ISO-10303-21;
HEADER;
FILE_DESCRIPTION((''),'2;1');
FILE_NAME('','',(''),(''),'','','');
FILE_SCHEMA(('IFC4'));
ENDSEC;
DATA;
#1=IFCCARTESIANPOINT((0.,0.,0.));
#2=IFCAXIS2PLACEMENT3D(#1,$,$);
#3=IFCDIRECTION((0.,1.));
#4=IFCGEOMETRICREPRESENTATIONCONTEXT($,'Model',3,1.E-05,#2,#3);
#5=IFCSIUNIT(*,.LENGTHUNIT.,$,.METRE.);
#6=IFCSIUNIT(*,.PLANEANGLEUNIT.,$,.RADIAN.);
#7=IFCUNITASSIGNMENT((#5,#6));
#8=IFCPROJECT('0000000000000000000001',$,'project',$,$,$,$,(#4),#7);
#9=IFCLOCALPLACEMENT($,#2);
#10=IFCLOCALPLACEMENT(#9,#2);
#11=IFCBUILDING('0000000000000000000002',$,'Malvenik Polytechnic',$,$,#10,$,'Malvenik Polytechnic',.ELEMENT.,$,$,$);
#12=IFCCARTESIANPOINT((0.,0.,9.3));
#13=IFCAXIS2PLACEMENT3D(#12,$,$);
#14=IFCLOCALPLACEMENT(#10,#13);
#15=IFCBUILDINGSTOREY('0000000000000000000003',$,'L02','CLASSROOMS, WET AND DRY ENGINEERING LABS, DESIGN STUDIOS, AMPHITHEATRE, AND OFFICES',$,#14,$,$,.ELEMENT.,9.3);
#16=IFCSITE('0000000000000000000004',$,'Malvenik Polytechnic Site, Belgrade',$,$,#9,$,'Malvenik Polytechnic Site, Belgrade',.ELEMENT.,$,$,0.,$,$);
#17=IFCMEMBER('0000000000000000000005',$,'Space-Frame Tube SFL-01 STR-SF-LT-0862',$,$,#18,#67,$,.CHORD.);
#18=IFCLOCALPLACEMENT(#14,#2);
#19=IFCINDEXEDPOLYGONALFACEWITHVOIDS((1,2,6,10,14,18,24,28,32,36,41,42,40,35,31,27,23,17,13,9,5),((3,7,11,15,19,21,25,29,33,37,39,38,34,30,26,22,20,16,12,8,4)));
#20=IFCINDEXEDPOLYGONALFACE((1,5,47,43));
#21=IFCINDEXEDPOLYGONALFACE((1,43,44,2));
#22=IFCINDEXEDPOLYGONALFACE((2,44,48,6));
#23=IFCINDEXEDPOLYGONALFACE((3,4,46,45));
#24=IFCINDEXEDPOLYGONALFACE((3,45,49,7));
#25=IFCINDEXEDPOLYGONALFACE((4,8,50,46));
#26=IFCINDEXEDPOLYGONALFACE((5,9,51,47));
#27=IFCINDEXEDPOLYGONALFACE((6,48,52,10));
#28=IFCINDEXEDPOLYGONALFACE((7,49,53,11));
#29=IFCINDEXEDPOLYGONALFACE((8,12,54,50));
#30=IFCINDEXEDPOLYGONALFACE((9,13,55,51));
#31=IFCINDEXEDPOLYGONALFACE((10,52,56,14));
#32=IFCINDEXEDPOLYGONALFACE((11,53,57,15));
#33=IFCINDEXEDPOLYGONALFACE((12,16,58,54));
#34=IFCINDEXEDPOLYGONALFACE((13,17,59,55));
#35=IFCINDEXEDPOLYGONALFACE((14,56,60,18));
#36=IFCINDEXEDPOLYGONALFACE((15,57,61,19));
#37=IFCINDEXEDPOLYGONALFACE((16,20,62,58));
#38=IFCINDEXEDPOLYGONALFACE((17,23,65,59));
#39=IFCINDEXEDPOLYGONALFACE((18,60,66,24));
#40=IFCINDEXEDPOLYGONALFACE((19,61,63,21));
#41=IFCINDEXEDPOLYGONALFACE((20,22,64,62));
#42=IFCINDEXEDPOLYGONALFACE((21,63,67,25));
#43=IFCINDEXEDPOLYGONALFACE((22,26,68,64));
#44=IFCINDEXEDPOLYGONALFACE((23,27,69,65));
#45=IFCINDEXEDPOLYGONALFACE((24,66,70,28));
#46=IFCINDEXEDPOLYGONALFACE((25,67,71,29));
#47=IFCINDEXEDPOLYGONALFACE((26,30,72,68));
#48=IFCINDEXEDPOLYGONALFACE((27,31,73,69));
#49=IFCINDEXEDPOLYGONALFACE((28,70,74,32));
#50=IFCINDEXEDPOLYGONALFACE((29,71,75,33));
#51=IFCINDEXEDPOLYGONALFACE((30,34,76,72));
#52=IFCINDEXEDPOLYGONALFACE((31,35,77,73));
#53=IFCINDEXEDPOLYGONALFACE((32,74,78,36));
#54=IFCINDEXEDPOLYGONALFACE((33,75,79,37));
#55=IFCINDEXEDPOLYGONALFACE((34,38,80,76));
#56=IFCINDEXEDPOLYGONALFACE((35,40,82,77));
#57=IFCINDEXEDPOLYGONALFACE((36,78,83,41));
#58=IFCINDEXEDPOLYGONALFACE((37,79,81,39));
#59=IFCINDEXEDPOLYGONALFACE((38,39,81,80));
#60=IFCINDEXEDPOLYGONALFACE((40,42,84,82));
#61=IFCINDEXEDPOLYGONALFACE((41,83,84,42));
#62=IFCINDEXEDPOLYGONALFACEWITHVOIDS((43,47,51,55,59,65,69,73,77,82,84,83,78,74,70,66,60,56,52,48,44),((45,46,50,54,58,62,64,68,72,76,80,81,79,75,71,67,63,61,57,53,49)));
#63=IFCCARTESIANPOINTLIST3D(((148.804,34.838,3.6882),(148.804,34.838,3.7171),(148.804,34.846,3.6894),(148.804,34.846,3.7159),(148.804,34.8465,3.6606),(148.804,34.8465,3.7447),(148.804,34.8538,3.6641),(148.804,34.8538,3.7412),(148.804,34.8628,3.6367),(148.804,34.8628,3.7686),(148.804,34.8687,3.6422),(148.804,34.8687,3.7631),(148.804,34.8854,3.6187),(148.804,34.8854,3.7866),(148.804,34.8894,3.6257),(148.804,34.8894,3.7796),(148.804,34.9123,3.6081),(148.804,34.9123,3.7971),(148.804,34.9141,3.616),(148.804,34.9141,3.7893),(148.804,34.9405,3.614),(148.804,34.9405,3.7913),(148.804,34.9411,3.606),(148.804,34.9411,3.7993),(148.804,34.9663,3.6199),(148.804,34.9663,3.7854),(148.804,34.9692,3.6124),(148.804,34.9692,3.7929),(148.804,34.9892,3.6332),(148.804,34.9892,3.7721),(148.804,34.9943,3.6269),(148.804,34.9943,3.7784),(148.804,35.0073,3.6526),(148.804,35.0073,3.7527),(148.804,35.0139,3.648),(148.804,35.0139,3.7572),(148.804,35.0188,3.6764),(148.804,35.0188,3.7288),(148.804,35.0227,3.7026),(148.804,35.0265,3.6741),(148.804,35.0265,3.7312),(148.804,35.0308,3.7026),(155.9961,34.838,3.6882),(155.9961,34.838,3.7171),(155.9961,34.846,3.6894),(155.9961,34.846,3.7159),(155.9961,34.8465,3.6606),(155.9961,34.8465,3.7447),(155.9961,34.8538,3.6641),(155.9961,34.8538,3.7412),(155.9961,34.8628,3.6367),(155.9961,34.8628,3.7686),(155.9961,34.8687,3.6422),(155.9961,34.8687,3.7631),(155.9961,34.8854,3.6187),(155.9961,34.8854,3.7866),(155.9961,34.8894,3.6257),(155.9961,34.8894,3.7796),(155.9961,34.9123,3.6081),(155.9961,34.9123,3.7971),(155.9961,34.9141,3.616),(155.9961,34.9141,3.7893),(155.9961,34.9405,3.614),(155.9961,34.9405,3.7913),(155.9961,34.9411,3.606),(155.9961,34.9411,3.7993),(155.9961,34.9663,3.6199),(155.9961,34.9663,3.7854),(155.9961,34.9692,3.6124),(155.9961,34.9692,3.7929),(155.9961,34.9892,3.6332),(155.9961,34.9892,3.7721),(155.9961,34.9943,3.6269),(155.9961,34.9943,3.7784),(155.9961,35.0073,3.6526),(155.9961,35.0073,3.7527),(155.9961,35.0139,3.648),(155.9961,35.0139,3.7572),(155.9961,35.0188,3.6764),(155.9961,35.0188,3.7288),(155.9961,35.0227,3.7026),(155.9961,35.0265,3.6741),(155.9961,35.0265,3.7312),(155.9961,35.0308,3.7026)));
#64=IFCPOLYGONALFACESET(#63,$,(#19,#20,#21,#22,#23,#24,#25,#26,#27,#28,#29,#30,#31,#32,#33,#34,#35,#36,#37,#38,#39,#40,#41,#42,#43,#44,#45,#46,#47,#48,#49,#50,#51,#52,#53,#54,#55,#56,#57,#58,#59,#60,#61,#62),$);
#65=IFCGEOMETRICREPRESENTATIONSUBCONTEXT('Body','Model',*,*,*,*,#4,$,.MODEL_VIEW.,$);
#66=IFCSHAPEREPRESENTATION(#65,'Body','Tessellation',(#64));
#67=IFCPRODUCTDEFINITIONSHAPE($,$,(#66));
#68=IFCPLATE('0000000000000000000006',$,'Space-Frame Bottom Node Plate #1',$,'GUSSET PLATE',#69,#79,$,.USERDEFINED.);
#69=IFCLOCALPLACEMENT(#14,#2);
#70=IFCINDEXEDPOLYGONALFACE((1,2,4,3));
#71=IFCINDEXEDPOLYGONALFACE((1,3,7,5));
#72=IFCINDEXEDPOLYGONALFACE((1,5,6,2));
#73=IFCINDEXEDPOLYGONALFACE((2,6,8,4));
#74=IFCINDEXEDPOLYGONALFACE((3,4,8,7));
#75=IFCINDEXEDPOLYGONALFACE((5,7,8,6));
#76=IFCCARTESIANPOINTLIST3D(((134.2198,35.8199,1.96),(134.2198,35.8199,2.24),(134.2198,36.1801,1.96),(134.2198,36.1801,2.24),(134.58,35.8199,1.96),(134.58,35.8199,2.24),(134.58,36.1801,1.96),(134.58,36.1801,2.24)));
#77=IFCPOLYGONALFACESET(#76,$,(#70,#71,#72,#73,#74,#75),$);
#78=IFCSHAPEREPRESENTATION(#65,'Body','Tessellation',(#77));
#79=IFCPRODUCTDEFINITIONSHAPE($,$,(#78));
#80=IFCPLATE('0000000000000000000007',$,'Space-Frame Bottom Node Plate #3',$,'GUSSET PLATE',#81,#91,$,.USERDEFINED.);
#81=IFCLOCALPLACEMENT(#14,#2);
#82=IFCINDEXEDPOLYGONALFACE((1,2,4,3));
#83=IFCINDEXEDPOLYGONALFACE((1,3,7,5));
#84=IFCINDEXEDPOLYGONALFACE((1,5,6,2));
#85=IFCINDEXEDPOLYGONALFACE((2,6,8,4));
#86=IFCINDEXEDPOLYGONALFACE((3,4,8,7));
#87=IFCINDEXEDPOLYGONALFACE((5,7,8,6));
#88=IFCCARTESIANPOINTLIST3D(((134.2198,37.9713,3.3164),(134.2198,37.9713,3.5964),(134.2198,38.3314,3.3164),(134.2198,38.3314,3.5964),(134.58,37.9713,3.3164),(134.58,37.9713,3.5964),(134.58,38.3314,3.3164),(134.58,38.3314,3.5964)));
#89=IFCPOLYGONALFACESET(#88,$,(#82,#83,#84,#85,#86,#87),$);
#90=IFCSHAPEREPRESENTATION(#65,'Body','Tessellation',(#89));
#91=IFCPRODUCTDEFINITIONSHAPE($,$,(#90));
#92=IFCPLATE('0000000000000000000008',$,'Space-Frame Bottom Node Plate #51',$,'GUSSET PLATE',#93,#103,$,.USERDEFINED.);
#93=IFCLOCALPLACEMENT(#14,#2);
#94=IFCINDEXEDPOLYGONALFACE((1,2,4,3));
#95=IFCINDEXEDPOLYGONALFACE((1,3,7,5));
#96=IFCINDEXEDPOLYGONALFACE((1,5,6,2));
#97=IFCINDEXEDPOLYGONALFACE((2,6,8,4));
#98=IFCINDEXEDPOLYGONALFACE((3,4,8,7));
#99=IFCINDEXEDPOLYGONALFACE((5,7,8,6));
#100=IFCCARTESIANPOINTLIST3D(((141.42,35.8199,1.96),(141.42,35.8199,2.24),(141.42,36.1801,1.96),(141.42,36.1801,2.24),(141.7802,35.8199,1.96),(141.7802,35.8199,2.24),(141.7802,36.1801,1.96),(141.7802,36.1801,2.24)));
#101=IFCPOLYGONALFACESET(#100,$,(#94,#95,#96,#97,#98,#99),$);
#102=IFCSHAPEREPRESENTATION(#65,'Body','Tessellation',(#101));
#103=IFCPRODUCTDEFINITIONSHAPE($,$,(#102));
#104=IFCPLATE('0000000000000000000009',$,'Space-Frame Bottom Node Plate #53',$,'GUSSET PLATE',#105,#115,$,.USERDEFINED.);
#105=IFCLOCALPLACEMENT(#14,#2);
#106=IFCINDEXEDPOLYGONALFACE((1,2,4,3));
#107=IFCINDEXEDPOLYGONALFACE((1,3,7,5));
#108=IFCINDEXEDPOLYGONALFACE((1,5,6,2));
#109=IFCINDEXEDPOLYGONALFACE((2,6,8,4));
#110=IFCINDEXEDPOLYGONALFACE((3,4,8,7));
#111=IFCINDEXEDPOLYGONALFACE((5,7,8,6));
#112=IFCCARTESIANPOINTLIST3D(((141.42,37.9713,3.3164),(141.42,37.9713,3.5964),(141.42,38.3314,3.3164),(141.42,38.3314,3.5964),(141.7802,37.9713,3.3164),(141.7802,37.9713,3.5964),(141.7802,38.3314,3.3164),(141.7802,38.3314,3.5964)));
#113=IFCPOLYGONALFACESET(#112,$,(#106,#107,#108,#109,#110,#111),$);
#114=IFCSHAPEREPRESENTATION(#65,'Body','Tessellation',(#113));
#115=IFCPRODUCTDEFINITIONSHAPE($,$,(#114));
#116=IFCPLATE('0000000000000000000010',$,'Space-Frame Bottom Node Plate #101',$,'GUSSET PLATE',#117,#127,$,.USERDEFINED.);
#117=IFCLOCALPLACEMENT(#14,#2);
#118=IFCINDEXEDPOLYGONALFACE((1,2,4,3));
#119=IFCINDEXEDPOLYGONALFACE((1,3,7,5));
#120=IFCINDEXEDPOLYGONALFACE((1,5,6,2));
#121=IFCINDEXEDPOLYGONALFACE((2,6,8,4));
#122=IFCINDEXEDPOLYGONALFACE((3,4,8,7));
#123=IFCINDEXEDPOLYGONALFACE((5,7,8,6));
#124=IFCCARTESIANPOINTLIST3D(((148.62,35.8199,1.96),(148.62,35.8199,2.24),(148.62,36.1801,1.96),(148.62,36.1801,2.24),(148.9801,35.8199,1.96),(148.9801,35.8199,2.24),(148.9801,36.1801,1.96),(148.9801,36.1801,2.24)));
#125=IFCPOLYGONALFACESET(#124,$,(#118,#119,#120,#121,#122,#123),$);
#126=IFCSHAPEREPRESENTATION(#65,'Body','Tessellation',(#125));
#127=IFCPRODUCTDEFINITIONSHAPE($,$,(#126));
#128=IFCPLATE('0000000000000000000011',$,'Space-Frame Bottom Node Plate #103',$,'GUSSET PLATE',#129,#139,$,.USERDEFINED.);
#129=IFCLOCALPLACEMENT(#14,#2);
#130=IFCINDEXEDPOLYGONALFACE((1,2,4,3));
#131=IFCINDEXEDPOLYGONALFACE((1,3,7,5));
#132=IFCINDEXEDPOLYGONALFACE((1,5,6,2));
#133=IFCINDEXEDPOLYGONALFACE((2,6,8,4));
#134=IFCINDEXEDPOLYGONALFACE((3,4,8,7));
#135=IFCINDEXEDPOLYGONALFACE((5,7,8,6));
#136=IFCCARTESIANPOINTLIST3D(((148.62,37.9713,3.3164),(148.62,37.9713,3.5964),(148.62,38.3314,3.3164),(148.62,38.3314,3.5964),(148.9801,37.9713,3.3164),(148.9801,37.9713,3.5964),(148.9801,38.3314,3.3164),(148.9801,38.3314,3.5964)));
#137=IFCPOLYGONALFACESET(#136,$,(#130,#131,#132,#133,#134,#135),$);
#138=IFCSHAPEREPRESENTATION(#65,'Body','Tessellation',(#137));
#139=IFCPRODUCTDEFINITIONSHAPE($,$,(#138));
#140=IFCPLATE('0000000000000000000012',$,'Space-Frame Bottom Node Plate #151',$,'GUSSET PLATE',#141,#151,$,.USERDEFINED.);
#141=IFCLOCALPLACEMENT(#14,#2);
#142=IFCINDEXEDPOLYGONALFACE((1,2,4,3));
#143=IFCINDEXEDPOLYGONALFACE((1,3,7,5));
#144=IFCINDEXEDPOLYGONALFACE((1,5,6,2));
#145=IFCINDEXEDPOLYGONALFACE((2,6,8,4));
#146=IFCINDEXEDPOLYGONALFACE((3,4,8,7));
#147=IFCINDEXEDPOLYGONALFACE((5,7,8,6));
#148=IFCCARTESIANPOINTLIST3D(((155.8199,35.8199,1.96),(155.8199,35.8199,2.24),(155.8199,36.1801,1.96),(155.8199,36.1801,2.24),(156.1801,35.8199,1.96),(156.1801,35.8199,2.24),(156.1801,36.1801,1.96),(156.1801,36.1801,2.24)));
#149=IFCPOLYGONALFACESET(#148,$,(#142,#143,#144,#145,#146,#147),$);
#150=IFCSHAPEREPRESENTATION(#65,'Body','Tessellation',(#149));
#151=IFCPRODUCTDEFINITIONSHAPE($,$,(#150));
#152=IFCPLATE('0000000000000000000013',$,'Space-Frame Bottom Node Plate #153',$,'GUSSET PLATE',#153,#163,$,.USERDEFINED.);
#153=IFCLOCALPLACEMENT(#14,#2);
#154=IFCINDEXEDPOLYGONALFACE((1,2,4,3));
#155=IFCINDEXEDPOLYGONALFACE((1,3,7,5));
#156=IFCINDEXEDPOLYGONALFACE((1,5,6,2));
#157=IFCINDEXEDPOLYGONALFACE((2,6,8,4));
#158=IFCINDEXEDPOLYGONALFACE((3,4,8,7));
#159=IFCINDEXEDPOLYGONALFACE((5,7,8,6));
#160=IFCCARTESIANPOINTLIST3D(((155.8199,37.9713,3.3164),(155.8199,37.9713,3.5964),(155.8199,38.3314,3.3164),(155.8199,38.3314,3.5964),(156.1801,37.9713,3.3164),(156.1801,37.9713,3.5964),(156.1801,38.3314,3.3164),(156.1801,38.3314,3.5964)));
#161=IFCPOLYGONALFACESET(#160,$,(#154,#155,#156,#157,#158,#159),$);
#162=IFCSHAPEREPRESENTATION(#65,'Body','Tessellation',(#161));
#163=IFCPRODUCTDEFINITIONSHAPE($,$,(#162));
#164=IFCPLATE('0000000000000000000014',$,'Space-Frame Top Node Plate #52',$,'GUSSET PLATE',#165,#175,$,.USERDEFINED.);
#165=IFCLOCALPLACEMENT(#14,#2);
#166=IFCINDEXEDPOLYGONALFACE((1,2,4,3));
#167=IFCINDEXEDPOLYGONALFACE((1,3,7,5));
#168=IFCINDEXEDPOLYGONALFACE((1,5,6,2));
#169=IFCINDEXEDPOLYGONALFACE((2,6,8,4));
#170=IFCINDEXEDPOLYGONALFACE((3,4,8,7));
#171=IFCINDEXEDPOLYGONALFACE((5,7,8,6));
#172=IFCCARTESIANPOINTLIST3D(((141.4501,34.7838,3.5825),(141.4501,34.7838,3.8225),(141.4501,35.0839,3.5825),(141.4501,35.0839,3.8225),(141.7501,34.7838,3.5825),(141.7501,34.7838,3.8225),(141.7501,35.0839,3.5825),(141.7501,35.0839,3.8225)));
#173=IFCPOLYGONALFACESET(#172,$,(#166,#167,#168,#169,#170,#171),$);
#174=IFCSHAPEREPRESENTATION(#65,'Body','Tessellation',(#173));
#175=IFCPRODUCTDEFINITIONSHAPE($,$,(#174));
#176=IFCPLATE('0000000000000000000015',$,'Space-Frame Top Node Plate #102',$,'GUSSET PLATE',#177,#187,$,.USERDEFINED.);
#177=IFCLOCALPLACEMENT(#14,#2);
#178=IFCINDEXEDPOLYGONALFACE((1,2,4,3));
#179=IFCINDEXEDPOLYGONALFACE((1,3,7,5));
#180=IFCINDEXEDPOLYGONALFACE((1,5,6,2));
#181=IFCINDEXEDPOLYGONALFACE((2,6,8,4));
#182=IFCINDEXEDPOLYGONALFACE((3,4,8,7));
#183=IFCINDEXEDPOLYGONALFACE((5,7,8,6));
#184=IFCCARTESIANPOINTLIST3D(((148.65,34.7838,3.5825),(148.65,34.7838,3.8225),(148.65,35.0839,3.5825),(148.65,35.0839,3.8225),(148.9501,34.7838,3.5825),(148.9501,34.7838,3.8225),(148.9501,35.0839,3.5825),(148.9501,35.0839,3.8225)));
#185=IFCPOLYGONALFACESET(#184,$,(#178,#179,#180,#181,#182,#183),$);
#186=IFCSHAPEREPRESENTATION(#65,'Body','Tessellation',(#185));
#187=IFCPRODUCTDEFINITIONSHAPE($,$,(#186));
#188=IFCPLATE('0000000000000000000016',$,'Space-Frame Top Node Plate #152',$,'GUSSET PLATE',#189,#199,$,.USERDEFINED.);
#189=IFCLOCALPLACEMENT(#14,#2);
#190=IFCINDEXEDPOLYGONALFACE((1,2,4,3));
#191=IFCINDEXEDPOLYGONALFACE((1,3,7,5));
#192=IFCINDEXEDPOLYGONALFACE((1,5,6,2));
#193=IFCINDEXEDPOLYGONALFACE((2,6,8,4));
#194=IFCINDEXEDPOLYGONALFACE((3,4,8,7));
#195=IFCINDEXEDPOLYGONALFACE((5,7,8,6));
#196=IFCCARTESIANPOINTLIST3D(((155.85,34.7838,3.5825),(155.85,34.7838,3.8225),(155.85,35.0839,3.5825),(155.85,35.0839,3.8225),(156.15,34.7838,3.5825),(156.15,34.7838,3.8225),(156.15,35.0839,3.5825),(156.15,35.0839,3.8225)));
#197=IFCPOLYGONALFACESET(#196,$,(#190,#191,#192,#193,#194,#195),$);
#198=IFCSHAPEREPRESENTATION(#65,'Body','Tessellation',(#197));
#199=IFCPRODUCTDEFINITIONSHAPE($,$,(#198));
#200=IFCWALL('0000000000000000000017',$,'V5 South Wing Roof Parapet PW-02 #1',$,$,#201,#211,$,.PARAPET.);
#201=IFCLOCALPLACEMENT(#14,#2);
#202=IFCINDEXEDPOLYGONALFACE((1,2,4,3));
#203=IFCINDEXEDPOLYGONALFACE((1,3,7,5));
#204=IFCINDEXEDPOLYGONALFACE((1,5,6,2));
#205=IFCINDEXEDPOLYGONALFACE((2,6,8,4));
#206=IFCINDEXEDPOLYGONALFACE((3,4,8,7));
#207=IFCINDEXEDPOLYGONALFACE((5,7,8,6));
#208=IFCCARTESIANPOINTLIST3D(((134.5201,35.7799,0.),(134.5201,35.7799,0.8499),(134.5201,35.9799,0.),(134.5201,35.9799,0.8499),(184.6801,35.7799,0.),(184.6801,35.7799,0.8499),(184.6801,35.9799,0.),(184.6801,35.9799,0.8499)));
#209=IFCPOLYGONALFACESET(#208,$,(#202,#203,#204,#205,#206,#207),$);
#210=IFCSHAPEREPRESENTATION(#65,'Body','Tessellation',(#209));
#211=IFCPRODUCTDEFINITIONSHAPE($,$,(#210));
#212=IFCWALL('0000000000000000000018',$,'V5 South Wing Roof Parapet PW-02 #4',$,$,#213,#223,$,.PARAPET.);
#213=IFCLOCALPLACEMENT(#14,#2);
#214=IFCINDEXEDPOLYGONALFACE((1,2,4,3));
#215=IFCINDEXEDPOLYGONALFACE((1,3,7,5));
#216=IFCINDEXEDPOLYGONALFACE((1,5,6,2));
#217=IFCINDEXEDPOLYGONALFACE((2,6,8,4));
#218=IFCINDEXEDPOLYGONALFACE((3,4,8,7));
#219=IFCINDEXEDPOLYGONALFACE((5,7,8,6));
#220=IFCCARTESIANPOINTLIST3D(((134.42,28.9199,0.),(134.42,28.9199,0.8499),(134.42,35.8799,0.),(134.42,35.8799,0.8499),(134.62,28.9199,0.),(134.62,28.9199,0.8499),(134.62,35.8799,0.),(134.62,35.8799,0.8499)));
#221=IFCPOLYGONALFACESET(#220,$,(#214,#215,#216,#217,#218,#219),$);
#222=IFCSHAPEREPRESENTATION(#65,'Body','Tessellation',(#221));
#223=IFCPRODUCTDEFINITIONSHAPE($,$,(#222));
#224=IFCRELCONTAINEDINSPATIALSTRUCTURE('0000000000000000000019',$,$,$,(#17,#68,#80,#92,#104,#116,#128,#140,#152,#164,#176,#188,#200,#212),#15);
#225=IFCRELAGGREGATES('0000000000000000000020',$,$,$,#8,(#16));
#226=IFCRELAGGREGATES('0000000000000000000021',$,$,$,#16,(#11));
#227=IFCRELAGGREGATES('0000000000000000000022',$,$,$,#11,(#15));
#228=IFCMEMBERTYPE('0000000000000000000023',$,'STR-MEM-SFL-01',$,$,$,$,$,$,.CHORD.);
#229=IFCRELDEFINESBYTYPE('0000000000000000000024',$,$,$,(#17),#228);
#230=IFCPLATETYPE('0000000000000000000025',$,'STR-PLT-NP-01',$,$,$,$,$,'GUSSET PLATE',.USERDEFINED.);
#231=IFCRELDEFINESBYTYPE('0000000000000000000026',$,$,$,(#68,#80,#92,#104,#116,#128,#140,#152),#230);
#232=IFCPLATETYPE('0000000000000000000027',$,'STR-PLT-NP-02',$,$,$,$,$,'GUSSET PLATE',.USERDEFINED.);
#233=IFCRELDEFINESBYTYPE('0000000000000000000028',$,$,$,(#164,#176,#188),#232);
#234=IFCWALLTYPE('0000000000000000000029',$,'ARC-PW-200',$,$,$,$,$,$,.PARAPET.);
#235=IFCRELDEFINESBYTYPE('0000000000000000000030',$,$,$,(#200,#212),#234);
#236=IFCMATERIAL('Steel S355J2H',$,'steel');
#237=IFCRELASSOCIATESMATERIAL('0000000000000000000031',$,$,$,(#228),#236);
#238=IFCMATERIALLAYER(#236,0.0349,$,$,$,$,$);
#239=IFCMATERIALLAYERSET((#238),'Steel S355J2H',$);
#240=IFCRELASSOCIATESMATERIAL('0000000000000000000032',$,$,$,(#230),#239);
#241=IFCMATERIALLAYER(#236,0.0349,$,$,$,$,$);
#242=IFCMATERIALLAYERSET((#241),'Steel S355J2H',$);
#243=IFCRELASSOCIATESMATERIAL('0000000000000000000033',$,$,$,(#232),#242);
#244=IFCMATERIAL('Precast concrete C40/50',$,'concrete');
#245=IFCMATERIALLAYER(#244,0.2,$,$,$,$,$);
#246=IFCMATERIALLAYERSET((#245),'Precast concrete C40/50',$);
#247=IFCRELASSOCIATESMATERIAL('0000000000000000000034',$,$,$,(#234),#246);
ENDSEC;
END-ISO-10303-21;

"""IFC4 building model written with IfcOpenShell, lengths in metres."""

from ifc_helpers import new_model, si_unit, direction, frame, frame_2d, origin, origin_2d, place, context, subcontext, project, spatial, rectangle, hollow_circle, extrude, material, layer, layer_set, material_profile, profile_set, type_object, element, save


model = new_model("IFC4")

# Units and contexts
model_context = context("Model", 3, precision=1e-05, world=origin(), true_north=direction((0.0, 1.0)))
body_context = subcontext(model_context, "Body", "Model", "MODEL_VIEW")
ifc_project = project(units=[si_unit("LENGTHUNIT", "METRE"), si_unit("PLANEANGLEUNIT", "RADIAN")], contexts=[model_context])

# Site, building, storey
site_placement = place(None, origin())
site = spatial("IfcSite", under=ifc_project, at=site_placement, Name="Malvenik Polytechnic Site, Belgrade", LongName="Malvenik Polytechnic Site, Belgrade", CompositionType="ELEMENT", RefElevation=0.0)
building_placement = place(site_placement, origin())
building = spatial("IfcBuilding", under=site, at=building_placement, Name="Malvenik Polytechnic", LongName="Malvenik Polytechnic", CompositionType="ELEMENT")
storey_placement = place(building_placement, frame((0.0, 0.0, 9.3)))
storey = spatial("IfcBuildingStorey", under=building, at=storey_placement, Name="L02", Description="CLASSROOMS, WET AND DRY ENGINEERING LABS, DESIGN STUDIOS, AMPHITHEATRE, AND OFFICES", CompositionType="ELEMENT", Elevation=9.3)

# Member
ifc_material_1 = material(Name="Steel S355J2H", Category="steel")
ifc_material_profile_1 = material_profile(ifc_material_1, hollow_circle(Radius=0.0969, WallThickness=0.0081, at=origin_2d()), Name="CHS 193.7x8.0")
ifc_profile_set_1 = profile_set([ifc_material_profile_1], Name="Steel S355J2H")
member_type_1 = type_object("IfcMemberType", Name="STR-MEM-SFL-01", PredefinedType="CHORD", material=ifc_profile_set_1)
for number, where, z_axis, x_axis, name in (
    (1, (148.804, 34.9338, 3.7026), (1.0, 0.0, 0.0), (0.0, 1.0, 0.0), "Space-Frame Tube SFL-01 STR-SF-LT-0862"),
):
    element("IfcMember", number, at=place(storey_placement, frame(where, z_axis=z_axis, x_axis=x_axis)), inside=storey, type_object=member_type_1, Name=name, PredefinedType="CHORD", context=body_context, shape_type="SweptSolid", body=[
        extrude(hollow_circle(Radius=0.0969, WallThickness=0.0081, at=origin_2d()), origin(), (0.0, 0.0, 1.0), 7.1921),
    ])

# Plates
ifc_layer_1 = layer(ifc_material_1, 0.0349)
ifc_layer_set_1 = layer_set([ifc_layer_1], Name="Steel S355J2H")
plate_type_1 = type_object("IfcPlateType", Name="STR-PLT-NP-01", ElementType="GUSSET PLATE", PredefinedType="USERDEFINED", material=ifc_layer_set_1)
for number, where, z_axis, x_axis, name in (
    (2, (134.3999, 36.0, 1.96), (0.0, 0.0, 1.0), (1.0, 0.0, 0.0), "Space-Frame Bottom Node Plate #1"),
    (3, (134.3999, 38.1514, 3.3164), (0.0, 0.0, 1.0), (1.0, 0.0, 0.0), "Space-Frame Bottom Node Plate #3"),
    (4, (141.6001, 36.0, 1.96), (0.0, 0.0, 1.0), (1.0, 0.0, 0.0), "Space-Frame Bottom Node Plate #51"),
    (5, (141.6001, 38.1514, 3.3164), (0.0, 0.0, 1.0), (1.0, 0.0, 0.0), "Space-Frame Bottom Node Plate #53"),
    (6, (148.8, 36.0, 1.96), (0.0, 0.0, 1.0), (1.0, 0.0, 0.0), "Space-Frame Bottom Node Plate #101"),
    (7, (148.8, 38.1514, 3.3164), (0.0, 0.0, 1.0), (1.0, 0.0, 0.0), "Space-Frame Bottom Node Plate #103"),
    (8, (156.0, 36.0, 1.96), (0.0, 0.0, 1.0), (1.0, 0.0, 0.0), "Space-Frame Bottom Node Plate #151"),
    (9, (156.0, 38.1514, 3.3164), (0.0, 0.0, 1.0), (1.0, 0.0, 0.0), "Space-Frame Bottom Node Plate #153"),
):
    element("IfcPlate", number, at=place(storey_placement, frame(where, z_axis=z_axis, x_axis=x_axis)), inside=storey, type_object=plate_type_1, Name=name, ObjectType="GUSSET PLATE", PredefinedType="USERDEFINED", context=body_context, shape_type="SweptSolid", body=[
        extrude(rectangle(XDim=0.3601, YDim=0.3601, at=origin_2d()), origin(), (0.0, 0.0, 1.0), 0.28),
    ])
ifc_layer_2 = layer(ifc_material_1, 0.0349)
ifc_layer_set_2 = layer_set([ifc_layer_2], Name="Steel S355J2H")
plate_type_2 = type_object("IfcPlateType", Name="STR-PLT-NP-02", ElementType="GUSSET PLATE", PredefinedType="USERDEFINED", material=ifc_layer_set_2)
for number, where, z_axis, x_axis, name in (
    (10, (141.6001, 34.9338, 3.5825), (0.0, 0.0, 1.0), (1.0, 0.0, 0.0), "Space-Frame Top Node Plate #52"),
    (11, (148.8, 34.9338, 3.5825), (0.0, 0.0, 1.0), (1.0, 0.0, 0.0), "Space-Frame Top Node Plate #102"),
    (12, (156.0, 34.9338, 3.5825), (0.0, 0.0, 1.0), (1.0, 0.0, 0.0), "Space-Frame Top Node Plate #152"),
):
    element("IfcPlate", number, at=place(storey_placement, frame(where, z_axis=z_axis, x_axis=x_axis)), inside=storey, type_object=plate_type_2, Name=name, ObjectType="GUSSET PLATE", PredefinedType="USERDEFINED", context=body_context, shape_type="SweptSolid", body=[
        extrude(rectangle(XDim=0.3, YDim=0.3, at=origin_2d()), origin(), (0.0, 0.0, 1.0), 0.24),
    ])

# Walls
ifc_material_2 = material(Name="Precast concrete C40/50", Category="concrete")
ifc_layer_3 = layer(ifc_material_2, 0.2)
ifc_layer_set_3 = layer_set([ifc_layer_3], Name="Precast concrete C40/50")
wall_type = type_object("IfcWallType", Name="ARC-PW-200", PredefinedType="PARAPET", material=ifc_layer_set_3)
wall_1_placement = place(storey_placement, frame((134.52, 35.8799, 0.0), z_axis=(0.0, 0.0, 1.0), x_axis=(1.0, 0.0, 0.0)))
element("IfcWall", 13, at=wall_1_placement, inside=storey, type_object=wall_type, Name="V5 South Wing Roof Parapet PW-02 #1", PredefinedType="PARAPET", context=body_context, shape_type="SweptSolid", body=[
    extrude(rectangle(XDim=50.1599, YDim=0.2, at=frame_2d((25.0801, 0.0))), origin(), (0.0, 0.0, 1.0), 0.8499),
])
wall_2_placement = place(storey_placement, frame((134.52, 28.9199, 0.0), z_axis=(0.0, 0.0, 1.0), x_axis=(0.0, 1.0, 0.0)))
element("IfcWall", 14, at=wall_2_placement, inside=storey, type_object=wall_type, Name="V5 South Wing Roof Parapet PW-02 #4", PredefinedType="PARAPET", context=body_context, shape_type="SweptSolid", body=[
    extrude(rectangle(XDim=6.96, YDim=0.2, at=frame_2d((3.48, 0.0))), origin(), (0.0, 0.0, 1.0), 0.8499),
])

save(model, "model.ifc")
